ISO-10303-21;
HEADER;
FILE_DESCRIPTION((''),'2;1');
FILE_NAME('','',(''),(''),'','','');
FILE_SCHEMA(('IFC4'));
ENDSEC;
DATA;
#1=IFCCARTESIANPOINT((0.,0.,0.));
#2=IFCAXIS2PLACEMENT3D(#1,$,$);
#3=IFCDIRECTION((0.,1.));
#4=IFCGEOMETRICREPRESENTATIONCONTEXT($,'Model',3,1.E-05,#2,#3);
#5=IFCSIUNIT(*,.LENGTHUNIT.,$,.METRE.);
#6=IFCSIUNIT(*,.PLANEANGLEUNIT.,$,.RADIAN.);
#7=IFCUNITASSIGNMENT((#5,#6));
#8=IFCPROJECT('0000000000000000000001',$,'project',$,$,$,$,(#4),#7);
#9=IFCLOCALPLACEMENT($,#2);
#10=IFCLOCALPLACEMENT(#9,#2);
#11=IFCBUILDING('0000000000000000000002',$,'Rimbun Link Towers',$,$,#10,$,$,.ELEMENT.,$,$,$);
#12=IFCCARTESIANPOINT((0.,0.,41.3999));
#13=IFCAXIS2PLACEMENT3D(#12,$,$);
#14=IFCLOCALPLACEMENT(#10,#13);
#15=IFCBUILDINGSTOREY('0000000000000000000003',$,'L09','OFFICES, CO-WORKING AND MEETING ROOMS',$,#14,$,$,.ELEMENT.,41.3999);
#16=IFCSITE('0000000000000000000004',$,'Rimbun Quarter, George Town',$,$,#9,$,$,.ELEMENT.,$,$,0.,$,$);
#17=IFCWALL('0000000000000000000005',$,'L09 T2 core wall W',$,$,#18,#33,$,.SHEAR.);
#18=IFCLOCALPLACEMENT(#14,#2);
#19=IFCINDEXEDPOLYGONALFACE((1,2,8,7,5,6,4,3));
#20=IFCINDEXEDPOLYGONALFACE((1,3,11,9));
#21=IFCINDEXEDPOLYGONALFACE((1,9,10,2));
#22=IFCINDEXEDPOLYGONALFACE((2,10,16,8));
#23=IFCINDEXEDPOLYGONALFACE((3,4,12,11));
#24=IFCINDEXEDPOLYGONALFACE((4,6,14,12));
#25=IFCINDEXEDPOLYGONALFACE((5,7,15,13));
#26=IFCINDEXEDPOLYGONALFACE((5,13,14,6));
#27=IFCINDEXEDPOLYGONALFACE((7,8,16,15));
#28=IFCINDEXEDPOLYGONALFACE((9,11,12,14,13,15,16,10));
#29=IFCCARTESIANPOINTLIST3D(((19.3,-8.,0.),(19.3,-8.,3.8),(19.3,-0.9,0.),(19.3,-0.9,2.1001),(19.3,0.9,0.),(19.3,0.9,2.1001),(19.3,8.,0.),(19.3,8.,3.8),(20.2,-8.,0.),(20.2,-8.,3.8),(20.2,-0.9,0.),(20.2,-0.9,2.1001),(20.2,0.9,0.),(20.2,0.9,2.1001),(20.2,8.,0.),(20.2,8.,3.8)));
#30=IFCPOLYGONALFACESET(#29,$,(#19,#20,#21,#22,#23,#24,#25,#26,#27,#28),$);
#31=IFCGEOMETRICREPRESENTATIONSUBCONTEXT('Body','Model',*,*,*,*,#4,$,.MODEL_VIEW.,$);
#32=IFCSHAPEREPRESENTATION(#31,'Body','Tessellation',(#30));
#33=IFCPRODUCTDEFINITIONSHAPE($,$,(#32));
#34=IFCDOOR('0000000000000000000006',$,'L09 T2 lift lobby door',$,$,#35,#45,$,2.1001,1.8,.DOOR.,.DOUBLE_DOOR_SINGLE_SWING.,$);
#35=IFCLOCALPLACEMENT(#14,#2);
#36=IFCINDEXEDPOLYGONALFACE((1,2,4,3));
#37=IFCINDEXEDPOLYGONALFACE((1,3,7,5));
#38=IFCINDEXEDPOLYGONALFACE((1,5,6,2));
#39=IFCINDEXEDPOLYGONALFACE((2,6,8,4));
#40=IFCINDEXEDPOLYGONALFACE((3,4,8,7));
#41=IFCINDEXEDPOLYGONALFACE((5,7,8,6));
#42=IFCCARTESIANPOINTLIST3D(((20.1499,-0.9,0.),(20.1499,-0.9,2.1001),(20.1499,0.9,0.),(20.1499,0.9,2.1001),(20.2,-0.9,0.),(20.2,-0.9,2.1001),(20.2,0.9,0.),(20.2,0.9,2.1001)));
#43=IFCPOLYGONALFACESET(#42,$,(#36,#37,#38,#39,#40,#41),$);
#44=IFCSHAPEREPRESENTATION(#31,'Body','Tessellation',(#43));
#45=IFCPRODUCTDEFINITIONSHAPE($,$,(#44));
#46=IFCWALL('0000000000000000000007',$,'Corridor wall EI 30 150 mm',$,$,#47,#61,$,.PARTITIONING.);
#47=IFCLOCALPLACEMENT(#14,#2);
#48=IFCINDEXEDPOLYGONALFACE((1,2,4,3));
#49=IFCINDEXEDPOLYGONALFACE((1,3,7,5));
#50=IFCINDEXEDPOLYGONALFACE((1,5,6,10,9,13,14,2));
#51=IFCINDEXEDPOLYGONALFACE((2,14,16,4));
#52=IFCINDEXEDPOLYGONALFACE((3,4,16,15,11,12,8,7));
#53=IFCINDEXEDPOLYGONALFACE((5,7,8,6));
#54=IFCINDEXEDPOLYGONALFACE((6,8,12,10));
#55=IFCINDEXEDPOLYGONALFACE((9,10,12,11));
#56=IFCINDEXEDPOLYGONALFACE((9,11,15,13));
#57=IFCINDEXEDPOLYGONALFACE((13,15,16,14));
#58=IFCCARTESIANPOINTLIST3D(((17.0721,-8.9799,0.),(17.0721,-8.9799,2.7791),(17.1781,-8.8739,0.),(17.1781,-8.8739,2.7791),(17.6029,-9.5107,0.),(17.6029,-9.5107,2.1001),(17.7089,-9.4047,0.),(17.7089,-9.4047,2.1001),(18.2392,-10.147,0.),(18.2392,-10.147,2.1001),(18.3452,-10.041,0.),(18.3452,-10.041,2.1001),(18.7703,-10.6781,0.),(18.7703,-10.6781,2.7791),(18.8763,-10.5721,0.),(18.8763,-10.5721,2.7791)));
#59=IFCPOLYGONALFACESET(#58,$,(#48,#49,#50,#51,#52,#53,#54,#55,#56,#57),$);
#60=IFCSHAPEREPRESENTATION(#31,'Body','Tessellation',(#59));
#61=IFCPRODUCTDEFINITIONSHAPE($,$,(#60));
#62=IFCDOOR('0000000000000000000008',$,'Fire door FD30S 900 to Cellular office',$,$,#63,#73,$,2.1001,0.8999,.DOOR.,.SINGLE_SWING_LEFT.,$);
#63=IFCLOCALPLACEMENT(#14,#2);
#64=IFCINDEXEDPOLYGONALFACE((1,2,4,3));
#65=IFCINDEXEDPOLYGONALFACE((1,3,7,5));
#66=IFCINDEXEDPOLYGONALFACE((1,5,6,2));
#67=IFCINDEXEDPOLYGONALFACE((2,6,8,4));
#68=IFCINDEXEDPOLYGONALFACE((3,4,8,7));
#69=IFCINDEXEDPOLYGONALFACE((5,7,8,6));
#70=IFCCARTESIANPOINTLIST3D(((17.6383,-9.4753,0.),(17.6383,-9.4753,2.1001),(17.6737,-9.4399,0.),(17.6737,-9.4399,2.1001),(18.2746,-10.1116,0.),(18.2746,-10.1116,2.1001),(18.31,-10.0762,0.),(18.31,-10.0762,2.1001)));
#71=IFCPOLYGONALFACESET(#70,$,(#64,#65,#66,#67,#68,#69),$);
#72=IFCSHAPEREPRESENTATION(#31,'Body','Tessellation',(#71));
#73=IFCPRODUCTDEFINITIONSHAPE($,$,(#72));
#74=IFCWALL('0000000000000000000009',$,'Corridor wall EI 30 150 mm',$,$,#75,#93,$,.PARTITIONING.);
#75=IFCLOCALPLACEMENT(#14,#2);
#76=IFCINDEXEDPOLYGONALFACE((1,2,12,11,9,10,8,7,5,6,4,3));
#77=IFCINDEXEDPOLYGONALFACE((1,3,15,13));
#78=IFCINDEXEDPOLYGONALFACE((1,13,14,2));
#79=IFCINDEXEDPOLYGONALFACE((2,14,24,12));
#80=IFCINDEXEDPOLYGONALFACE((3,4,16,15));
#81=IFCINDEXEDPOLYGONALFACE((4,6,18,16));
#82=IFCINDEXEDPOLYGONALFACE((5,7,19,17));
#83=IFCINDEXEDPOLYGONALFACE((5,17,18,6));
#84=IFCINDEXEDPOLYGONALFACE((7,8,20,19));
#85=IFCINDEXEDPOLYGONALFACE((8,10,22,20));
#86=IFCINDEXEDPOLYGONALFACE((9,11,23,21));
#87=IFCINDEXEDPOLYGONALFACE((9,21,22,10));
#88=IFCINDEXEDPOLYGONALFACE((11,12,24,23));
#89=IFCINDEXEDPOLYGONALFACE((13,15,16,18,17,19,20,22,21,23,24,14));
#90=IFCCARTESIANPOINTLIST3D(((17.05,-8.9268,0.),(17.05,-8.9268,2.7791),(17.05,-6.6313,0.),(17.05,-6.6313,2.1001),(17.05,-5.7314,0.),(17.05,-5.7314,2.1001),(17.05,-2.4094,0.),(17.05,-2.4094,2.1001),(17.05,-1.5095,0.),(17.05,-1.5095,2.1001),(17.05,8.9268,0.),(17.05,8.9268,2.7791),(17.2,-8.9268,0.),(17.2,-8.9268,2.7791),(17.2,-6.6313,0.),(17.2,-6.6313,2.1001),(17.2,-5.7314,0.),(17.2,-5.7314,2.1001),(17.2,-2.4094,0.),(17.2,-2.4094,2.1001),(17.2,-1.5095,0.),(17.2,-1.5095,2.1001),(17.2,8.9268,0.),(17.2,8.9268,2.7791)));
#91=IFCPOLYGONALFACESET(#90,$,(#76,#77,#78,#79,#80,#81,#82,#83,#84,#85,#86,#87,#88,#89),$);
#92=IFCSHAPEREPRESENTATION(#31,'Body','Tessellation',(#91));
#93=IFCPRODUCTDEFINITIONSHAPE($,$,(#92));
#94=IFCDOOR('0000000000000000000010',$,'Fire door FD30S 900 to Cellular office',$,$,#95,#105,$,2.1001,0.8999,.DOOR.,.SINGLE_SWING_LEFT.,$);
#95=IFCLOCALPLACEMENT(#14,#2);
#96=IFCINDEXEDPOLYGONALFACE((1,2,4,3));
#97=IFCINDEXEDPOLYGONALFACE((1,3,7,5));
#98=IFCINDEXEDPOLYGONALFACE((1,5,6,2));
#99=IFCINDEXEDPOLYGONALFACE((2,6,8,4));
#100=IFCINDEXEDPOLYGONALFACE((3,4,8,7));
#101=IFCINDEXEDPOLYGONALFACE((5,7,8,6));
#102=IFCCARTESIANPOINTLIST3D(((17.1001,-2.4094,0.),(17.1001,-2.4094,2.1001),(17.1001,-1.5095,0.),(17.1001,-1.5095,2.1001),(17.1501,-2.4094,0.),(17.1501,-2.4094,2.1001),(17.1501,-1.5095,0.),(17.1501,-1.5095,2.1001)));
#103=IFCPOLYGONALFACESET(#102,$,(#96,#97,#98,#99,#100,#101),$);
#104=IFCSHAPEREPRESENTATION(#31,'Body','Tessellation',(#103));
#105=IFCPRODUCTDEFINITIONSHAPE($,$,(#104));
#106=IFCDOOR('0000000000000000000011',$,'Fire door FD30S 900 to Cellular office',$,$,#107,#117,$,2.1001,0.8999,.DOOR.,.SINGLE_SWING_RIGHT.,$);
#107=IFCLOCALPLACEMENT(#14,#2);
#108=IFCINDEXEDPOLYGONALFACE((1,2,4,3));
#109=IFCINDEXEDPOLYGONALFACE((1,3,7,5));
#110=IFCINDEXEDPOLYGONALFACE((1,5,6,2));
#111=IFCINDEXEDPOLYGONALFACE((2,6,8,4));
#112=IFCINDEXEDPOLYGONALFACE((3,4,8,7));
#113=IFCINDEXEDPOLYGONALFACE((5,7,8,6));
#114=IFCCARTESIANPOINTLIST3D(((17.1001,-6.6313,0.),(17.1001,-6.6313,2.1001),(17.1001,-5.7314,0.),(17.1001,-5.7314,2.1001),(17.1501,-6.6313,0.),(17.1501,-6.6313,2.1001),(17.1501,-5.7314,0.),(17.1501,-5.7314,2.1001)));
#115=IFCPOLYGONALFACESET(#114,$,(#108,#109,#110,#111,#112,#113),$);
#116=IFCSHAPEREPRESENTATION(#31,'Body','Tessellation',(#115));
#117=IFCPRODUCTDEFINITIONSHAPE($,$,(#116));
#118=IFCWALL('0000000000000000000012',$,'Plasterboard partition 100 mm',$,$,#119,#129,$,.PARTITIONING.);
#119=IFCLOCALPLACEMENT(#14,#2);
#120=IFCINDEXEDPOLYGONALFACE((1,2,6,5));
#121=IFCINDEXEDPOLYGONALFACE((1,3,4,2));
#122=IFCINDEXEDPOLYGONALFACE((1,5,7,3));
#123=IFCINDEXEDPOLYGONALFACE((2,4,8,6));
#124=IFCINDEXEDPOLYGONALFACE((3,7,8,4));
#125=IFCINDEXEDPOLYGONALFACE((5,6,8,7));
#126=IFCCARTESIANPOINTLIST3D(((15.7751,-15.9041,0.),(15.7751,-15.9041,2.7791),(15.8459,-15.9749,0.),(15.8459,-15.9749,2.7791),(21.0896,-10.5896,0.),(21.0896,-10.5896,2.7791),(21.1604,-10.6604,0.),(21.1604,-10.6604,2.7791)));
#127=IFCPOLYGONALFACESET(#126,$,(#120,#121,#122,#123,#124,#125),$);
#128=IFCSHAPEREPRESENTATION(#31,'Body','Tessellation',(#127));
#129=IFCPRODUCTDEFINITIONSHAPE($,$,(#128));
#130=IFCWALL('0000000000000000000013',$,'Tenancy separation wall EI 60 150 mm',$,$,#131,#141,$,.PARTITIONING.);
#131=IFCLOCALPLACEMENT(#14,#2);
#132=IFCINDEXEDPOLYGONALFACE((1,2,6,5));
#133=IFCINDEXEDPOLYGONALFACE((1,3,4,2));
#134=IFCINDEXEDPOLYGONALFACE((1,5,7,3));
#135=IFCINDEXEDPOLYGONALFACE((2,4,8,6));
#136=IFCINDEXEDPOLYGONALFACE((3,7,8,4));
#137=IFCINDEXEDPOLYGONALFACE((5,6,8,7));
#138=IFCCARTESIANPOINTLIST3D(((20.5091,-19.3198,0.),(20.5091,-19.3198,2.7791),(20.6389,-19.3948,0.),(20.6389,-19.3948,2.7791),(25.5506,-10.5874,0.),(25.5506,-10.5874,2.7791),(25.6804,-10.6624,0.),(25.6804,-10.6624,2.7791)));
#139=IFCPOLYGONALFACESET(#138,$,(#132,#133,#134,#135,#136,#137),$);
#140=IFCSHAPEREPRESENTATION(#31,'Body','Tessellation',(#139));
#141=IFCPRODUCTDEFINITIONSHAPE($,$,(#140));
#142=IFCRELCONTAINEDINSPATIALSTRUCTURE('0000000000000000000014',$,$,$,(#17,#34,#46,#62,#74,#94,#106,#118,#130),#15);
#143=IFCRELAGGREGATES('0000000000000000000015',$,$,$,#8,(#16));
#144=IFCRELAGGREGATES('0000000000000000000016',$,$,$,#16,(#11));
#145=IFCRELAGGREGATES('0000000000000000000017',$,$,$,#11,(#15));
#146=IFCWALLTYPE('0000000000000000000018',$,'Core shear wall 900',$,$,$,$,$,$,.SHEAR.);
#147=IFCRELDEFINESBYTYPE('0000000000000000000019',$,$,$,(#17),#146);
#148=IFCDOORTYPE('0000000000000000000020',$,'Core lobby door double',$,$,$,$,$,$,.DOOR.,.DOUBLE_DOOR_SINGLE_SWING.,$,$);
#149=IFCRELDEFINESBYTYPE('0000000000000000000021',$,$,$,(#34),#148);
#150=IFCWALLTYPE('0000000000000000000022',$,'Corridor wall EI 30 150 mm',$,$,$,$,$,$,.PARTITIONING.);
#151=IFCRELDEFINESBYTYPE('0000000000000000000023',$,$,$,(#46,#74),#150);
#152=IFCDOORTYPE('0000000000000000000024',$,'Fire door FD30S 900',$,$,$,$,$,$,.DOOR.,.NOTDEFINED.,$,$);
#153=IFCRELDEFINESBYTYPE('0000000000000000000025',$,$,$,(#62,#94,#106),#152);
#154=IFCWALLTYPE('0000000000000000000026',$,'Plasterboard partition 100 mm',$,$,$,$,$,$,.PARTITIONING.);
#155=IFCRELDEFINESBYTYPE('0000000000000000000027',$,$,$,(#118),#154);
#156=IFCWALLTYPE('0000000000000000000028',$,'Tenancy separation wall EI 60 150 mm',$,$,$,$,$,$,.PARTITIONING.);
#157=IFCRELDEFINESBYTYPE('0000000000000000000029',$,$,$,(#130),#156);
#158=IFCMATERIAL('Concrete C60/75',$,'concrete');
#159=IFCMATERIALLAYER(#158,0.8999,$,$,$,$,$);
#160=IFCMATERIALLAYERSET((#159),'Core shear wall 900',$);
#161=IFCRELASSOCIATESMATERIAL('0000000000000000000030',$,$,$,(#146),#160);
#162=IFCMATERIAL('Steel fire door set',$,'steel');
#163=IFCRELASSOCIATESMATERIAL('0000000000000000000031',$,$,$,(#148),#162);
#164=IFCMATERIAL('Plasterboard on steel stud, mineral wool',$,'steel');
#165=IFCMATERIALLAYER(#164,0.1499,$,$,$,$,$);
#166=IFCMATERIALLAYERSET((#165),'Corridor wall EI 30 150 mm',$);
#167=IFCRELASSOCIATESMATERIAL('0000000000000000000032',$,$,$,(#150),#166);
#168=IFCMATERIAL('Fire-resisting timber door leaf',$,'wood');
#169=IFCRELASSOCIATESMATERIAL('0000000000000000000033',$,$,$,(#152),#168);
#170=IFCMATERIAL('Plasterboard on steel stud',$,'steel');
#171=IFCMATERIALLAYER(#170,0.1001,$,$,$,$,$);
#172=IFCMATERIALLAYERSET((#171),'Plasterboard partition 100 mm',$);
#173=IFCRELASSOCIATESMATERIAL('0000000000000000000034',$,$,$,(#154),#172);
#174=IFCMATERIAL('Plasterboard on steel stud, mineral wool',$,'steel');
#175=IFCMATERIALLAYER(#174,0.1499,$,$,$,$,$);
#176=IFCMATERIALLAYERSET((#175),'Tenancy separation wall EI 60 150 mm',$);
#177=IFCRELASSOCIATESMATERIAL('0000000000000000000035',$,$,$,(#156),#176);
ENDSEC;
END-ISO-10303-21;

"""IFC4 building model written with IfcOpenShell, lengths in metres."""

from ifc_helpers import new_model, si_unit, direction, frame, frame_2d, origin, place, context, subcontext, project, spatial, rectangle, extrude, material, layer, layer_set, type_object, element, fill, save


model = new_model("IFC4")

# Units and contexts
model_context = context("Model", 3, precision=1e-05, world=origin(), true_north=direction((0.0, 1.0)))
body_context = subcontext(model_context, "Body", "Model", "MODEL_VIEW")
ifc_project = project(units=[si_unit("LENGTHUNIT", "METRE"), si_unit("PLANEANGLEUNIT", "RADIAN")], contexts=[model_context])

# Site, building, storey
site_placement = place(None, origin())
site = spatial("IfcSite", under=ifc_project, at=site_placement, Name="Rimbun Quarter, George Town", CompositionType="ELEMENT", RefElevation=0.0)
building_placement = place(site_placement, origin())
building = spatial("IfcBuilding", under=site, at=building_placement, Name="Rimbun Link Towers", CompositionType="ELEMENT")
storey_placement = place(building_placement, frame((0.0, 0.0, 41.3999)))
storey = spatial("IfcBuildingStorey", under=building, at=storey_placement, Name="L09", Description="OFFICES, CO-WORKING AND MEETING ROOMS", CompositionType="ELEMENT", Elevation=41.3999)

# Shared definitions
ifc_material_1 = material(Name="Concrete C60/75", Category="concrete")
ifc_layer_1 = layer(ifc_material_1, 0.8999)
ifc_layer_set_1 = layer_set([ifc_layer_1], Name="Core shear wall 900")
wall_type_1 = type_object("IfcWallType", Name="Core shear wall 900", PredefinedType="SHEAR", material=ifc_layer_set_1)

# Walls, openings, doors
wall_1_placement = place(storey_placement, frame((19.75, -8.0, 0.0), z_axis=(0.0, 0.0, 1.0), x_axis=(0.0, 1.0, 0.0)))
wall_1 = element("IfcWall", 1, at=wall_1_placement, inside=storey, type_object=wall_type_1, Name="L09 T2 core wall W", PredefinedType="SHEAR", context=body_context, shape_type="SweptSolid", body=[
    extrude(rectangle(XDim=16.0, YDim=0.8999, at=frame_2d((8.0, 0.0))), origin(), (0.0, 0.0, 1.0), 3.8),
])
opening_1_placement = place(wall_1_placement, frame((7.1001, 0.0, 0.0)))
opening_1 = element("IfcOpeningElement", 2, at=opening_1_placement, cuts=wall_1, PredefinedType="OPENING", context=body_context, shape_type="SweptSolid", body=[
    extrude(rectangle(XDim=1.8, YDim=2.1001, at=frame_2d((0.8999, 1.05))), frame((0.0, 0.46, 0.0), z_axis=(0.0, -1.0, 0.0), x_axis=(1.0, 0.0, 0.0)), (0.0, 0.0, 1.0), 0.9199),
])
ifc_material_2 = material(Name="Steel fire door set", Category="steel")
door_type_1 = type_object("IfcDoorType", Name="Core lobby door double", OperationType="DOUBLE_DOOR_SINGLE_SWING", PredefinedType="DOOR", material=ifc_material_2)
door_1_placement = place(opening_1_placement, origin())
door_1 = element("IfcDoor", 3, at=door_1_placement, inside=storey, type_object=door_type_1, Name="L09 T2 lift lobby door", OperationType="DOUBLE_DOOR_SINGLE_SWING", OverallHeight=2.1001, OverallWidth=1.8, PredefinedType="DOOR", context=body_context, shape_type="SweptSolid", body=[
    extrude(rectangle(XDim=1.8, YDim=2.1001, at=frame_2d((0.8999, 1.05))), frame((0.0, -0.3999, 0.0), z_axis=(0.0, -1.0, 0.0), x_axis=(1.0, 0.0, 0.0)), (0.0, 0.0, 1.0), 0.05),
])
fill(opening_1, door_1)
ifc_material_3 = material(Name="Plasterboard on steel stud, mineral wool", Category="steel")
ifc_layer_2 = layer(ifc_material_3, 0.1499)
ifc_layer_set_2 = layer_set([ifc_layer_2], Name="Corridor wall EI 30 150 mm")
wall_type_2 = type_object("IfcWallType", Name="Corridor wall EI 30 150 mm", PredefinedType="PARTITIONING", material=ifc_layer_set_2)
wall_2_placement = place(storey_placement, frame((18.8232, -10.625, 0.0), z_axis=(0.0, 0.0, 1.0), x_axis=(-0.707107, 0.707107, 0.0)))
wall_2 = element("IfcWall", 4, at=wall_2_placement, inside=storey, type_object=wall_type_2, Name="Corridor wall EI 30 150 mm", PredefinedType="PARTITIONING", context=body_context, shape_type="SweptSolid", body=[
    extrude(rectangle(XDim=2.4016, YDim=0.1499, at=frame_2d((1.2007, 0.0))), origin(), (0.0, 0.0, 1.0), 2.7791),
])
opening_2_placement = place(wall_2_placement, frame((0.751, 0.0, 0.0)))
opening_2 = element("IfcOpeningElement", 5, at=opening_2_placement, cuts=wall_2, PredefinedType="OPENING", context=body_context, shape_type="SweptSolid", body=[
    extrude(rectangle(XDim=0.8999, YDim=2.1001, at=frame_2d((0.45, 1.05))), frame((0.0, 0.085, 0.0), z_axis=(0.0, -1.0, 0.0), x_axis=(1.0, 0.0, 0.0)), (0.0, 0.0, 1.0), 0.1699),
])
ifc_material_4 = material(Name="Fire-resisting timber door leaf", Category="wood")
door_type_2 = type_object("IfcDoorType", Name="Fire door FD30S 900", OperationType="NOTDEFINED", PredefinedType="DOOR", material=ifc_material_4)
door_2_placement = place(opening_2_placement, origin())
door_2 = element("IfcDoor", 6, at=door_2_placement, inside=storey, type_object=door_type_2, Name="Fire door FD30S 900 to Cellular office", OperationType="SINGLE_SWING_LEFT", OverallHeight=2.1001, OverallWidth=0.8999, PredefinedType="DOOR", context=body_context, shape_type="SweptSolid", body=[
    extrude(rectangle(XDim=0.8999, YDim=2.1001, at=frame_2d((0.45, 1.05))), frame((0.0, 0.0249, 0.0), z_axis=(0.0, -1.0, 0.0), x_axis=(1.0, 0.0, 0.0)), (0.0, 0.0, 1.0), 0.05),
])
fill(opening_2, door_2)

# Wall, openings, doors
wall_3_placement = place(storey_placement, frame((17.125, -8.9268, 0.0), z_axis=(0.0, 0.0, 1.0), x_axis=(0.0, 1.0, 0.0)))
wall_3 = element("IfcWall", 7, at=wall_3_placement, inside=storey, type_object=wall_type_2, Name="Corridor wall EI 30 150 mm", PredefinedType="PARTITIONING", context=body_context, shape_type="SweptSolid", body=[
    extrude(rectangle(XDim=17.8535, YDim=0.1499, at=frame_2d((8.9268, 0.0))), origin(), (0.0, 0.0, 1.0), 2.7791),
])
opening_3_placement = place(wall_3_placement, frame((6.5173, 0.0, 0.0)))
opening_3 = element("IfcOpeningElement", 8, at=opening_3_placement, cuts=wall_3, PredefinedType="OPENING", context=body_context, shape_type="SweptSolid", body=[
    extrude(rectangle(XDim=0.8999, YDim=2.1001, at=frame_2d((0.45, 1.05))), frame((0.0, 0.085, 0.0), z_axis=(0.0, -1.0, 0.0), x_axis=(1.0, 0.0, 0.0)), (0.0, 0.0, 1.0), 0.1699),
])
opening_4_placement = place(wall_3_placement, frame((2.2954, 0.0, 0.0)))
opening_4 = element("IfcOpeningElement", 9, at=opening_4_placement, cuts=wall_3, PredefinedType="OPENING", context=body_context, shape_type="SweptSolid", body=[
    extrude(rectangle(XDim=0.8999, YDim=2.1001, at=frame_2d((0.45, 1.05))), frame((0.0, 0.085, 0.0), z_axis=(0.0, -1.0, 0.0), x_axis=(1.0, 0.0, 0.0)), (0.0, 0.0, 1.0), 0.1699),
])
door_3_placement = place(opening_3_placement, origin())
door_3 = element("IfcDoor", 10, at=door_3_placement, inside=storey, type_object=door_type_2, Name="Fire door FD30S 900 to Cellular office", OperationType="SINGLE_SWING_LEFT", OverallHeight=2.1001, OverallWidth=0.8999, PredefinedType="DOOR", context=body_context, shape_type="SweptSolid", body=[
    extrude(rectangle(XDim=0.8999, YDim=2.1001, at=frame_2d((0.45, 1.05))), frame((0.0, 0.0249, 0.0), z_axis=(0.0, -1.0, 0.0), x_axis=(1.0, 0.0, 0.0)), (0.0, 0.0, 1.0), 0.05),
])
fill(opening_3, door_3)
door_4_placement = place(opening_4_placement, origin())
door_4 = element("IfcDoor", 11, at=door_4_placement, inside=storey, type_object=door_type_2, Name="Fire door FD30S 900 to Cellular office", OperationType="SINGLE_SWING_RIGHT", OverallHeight=2.1001, OverallWidth=0.8999, PredefinedType="DOOR", context=body_context, shape_type="SweptSolid", body=[
    extrude(rectangle(XDim=0.8999, YDim=2.1001, at=frame_2d((0.45, 1.05))), frame((0.0, 0.0249, 0.0), z_axis=(0.0, -1.0, 0.0), x_axis=(1.0, 0.0, 0.0)), (0.0, 0.0, 1.0), 0.05),
])
fill(opening_4, door_4)

# Walls
ifc_material_5 = material(Name="Plasterboard on steel stud", Category="steel")
ifc_layer_3 = layer(ifc_material_5, 0.1001)
ifc_layer_set_3 = layer_set([ifc_layer_3], Name="Plasterboard partition 100 mm")
wall_type_3 = type_object("IfcWallType", Name="Plasterboard partition 100 mm", PredefinedType="PARTITIONING", material=ifc_layer_set_3)
wall_4_placement = place(storey_placement, frame((15.8105, -15.9395, 0.0), z_axis=(0.0, 0.0, 1.0), x_axis=(0.707107, 0.707107, 0.0)))
element("IfcWall", 12, at=wall_4_placement, inside=storey, type_object=wall_type_3, Name="Plasterboard partition 100 mm", PredefinedType="PARTITIONING", context=body_context, shape_type="SweptSolid", body=[
    extrude(rectangle(XDim=7.5159, YDim=0.1001, at=frame_2d((3.7578, 0.0))), origin(), (0.0, 0.0, 1.0), 2.7791),
])
ifc_material_6 = material(Name="Plasterboard on steel stud, mineral wool", Category="steel")
ifc_layer_4 = layer(ifc_material_6, 0.1499)
ifc_layer_set_4 = layer_set([ifc_layer_4], Name="Tenancy separation wall EI 60 150 mm")
wall_type_4 = type_object("IfcWallType", Name="Tenancy separation wall EI 60 150 mm", PredefinedType="PARTITIONING", material=ifc_layer_set_4)
wall_5_placement = place(storey_placement, frame((25.6155, -10.625, 0.0), z_axis=(0.0, 0.0, 1.0), x_axis=(-0.499988, -0.866032, 0.0)))
element("IfcWall", 13, at=wall_5_placement, inside=storey, type_object=wall_type_4, Name="Tenancy separation wall EI 60 150 mm", PredefinedType="PARTITIONING", context=body_context, shape_type="SweptSolid", body=[
    extrude(rectangle(XDim=10.0833, YDim=0.1499, at=frame_2d((5.0415, 0.0))), origin(), (0.0, 0.0, 1.0), 2.7791),
])

save(model, "model.ifc")
